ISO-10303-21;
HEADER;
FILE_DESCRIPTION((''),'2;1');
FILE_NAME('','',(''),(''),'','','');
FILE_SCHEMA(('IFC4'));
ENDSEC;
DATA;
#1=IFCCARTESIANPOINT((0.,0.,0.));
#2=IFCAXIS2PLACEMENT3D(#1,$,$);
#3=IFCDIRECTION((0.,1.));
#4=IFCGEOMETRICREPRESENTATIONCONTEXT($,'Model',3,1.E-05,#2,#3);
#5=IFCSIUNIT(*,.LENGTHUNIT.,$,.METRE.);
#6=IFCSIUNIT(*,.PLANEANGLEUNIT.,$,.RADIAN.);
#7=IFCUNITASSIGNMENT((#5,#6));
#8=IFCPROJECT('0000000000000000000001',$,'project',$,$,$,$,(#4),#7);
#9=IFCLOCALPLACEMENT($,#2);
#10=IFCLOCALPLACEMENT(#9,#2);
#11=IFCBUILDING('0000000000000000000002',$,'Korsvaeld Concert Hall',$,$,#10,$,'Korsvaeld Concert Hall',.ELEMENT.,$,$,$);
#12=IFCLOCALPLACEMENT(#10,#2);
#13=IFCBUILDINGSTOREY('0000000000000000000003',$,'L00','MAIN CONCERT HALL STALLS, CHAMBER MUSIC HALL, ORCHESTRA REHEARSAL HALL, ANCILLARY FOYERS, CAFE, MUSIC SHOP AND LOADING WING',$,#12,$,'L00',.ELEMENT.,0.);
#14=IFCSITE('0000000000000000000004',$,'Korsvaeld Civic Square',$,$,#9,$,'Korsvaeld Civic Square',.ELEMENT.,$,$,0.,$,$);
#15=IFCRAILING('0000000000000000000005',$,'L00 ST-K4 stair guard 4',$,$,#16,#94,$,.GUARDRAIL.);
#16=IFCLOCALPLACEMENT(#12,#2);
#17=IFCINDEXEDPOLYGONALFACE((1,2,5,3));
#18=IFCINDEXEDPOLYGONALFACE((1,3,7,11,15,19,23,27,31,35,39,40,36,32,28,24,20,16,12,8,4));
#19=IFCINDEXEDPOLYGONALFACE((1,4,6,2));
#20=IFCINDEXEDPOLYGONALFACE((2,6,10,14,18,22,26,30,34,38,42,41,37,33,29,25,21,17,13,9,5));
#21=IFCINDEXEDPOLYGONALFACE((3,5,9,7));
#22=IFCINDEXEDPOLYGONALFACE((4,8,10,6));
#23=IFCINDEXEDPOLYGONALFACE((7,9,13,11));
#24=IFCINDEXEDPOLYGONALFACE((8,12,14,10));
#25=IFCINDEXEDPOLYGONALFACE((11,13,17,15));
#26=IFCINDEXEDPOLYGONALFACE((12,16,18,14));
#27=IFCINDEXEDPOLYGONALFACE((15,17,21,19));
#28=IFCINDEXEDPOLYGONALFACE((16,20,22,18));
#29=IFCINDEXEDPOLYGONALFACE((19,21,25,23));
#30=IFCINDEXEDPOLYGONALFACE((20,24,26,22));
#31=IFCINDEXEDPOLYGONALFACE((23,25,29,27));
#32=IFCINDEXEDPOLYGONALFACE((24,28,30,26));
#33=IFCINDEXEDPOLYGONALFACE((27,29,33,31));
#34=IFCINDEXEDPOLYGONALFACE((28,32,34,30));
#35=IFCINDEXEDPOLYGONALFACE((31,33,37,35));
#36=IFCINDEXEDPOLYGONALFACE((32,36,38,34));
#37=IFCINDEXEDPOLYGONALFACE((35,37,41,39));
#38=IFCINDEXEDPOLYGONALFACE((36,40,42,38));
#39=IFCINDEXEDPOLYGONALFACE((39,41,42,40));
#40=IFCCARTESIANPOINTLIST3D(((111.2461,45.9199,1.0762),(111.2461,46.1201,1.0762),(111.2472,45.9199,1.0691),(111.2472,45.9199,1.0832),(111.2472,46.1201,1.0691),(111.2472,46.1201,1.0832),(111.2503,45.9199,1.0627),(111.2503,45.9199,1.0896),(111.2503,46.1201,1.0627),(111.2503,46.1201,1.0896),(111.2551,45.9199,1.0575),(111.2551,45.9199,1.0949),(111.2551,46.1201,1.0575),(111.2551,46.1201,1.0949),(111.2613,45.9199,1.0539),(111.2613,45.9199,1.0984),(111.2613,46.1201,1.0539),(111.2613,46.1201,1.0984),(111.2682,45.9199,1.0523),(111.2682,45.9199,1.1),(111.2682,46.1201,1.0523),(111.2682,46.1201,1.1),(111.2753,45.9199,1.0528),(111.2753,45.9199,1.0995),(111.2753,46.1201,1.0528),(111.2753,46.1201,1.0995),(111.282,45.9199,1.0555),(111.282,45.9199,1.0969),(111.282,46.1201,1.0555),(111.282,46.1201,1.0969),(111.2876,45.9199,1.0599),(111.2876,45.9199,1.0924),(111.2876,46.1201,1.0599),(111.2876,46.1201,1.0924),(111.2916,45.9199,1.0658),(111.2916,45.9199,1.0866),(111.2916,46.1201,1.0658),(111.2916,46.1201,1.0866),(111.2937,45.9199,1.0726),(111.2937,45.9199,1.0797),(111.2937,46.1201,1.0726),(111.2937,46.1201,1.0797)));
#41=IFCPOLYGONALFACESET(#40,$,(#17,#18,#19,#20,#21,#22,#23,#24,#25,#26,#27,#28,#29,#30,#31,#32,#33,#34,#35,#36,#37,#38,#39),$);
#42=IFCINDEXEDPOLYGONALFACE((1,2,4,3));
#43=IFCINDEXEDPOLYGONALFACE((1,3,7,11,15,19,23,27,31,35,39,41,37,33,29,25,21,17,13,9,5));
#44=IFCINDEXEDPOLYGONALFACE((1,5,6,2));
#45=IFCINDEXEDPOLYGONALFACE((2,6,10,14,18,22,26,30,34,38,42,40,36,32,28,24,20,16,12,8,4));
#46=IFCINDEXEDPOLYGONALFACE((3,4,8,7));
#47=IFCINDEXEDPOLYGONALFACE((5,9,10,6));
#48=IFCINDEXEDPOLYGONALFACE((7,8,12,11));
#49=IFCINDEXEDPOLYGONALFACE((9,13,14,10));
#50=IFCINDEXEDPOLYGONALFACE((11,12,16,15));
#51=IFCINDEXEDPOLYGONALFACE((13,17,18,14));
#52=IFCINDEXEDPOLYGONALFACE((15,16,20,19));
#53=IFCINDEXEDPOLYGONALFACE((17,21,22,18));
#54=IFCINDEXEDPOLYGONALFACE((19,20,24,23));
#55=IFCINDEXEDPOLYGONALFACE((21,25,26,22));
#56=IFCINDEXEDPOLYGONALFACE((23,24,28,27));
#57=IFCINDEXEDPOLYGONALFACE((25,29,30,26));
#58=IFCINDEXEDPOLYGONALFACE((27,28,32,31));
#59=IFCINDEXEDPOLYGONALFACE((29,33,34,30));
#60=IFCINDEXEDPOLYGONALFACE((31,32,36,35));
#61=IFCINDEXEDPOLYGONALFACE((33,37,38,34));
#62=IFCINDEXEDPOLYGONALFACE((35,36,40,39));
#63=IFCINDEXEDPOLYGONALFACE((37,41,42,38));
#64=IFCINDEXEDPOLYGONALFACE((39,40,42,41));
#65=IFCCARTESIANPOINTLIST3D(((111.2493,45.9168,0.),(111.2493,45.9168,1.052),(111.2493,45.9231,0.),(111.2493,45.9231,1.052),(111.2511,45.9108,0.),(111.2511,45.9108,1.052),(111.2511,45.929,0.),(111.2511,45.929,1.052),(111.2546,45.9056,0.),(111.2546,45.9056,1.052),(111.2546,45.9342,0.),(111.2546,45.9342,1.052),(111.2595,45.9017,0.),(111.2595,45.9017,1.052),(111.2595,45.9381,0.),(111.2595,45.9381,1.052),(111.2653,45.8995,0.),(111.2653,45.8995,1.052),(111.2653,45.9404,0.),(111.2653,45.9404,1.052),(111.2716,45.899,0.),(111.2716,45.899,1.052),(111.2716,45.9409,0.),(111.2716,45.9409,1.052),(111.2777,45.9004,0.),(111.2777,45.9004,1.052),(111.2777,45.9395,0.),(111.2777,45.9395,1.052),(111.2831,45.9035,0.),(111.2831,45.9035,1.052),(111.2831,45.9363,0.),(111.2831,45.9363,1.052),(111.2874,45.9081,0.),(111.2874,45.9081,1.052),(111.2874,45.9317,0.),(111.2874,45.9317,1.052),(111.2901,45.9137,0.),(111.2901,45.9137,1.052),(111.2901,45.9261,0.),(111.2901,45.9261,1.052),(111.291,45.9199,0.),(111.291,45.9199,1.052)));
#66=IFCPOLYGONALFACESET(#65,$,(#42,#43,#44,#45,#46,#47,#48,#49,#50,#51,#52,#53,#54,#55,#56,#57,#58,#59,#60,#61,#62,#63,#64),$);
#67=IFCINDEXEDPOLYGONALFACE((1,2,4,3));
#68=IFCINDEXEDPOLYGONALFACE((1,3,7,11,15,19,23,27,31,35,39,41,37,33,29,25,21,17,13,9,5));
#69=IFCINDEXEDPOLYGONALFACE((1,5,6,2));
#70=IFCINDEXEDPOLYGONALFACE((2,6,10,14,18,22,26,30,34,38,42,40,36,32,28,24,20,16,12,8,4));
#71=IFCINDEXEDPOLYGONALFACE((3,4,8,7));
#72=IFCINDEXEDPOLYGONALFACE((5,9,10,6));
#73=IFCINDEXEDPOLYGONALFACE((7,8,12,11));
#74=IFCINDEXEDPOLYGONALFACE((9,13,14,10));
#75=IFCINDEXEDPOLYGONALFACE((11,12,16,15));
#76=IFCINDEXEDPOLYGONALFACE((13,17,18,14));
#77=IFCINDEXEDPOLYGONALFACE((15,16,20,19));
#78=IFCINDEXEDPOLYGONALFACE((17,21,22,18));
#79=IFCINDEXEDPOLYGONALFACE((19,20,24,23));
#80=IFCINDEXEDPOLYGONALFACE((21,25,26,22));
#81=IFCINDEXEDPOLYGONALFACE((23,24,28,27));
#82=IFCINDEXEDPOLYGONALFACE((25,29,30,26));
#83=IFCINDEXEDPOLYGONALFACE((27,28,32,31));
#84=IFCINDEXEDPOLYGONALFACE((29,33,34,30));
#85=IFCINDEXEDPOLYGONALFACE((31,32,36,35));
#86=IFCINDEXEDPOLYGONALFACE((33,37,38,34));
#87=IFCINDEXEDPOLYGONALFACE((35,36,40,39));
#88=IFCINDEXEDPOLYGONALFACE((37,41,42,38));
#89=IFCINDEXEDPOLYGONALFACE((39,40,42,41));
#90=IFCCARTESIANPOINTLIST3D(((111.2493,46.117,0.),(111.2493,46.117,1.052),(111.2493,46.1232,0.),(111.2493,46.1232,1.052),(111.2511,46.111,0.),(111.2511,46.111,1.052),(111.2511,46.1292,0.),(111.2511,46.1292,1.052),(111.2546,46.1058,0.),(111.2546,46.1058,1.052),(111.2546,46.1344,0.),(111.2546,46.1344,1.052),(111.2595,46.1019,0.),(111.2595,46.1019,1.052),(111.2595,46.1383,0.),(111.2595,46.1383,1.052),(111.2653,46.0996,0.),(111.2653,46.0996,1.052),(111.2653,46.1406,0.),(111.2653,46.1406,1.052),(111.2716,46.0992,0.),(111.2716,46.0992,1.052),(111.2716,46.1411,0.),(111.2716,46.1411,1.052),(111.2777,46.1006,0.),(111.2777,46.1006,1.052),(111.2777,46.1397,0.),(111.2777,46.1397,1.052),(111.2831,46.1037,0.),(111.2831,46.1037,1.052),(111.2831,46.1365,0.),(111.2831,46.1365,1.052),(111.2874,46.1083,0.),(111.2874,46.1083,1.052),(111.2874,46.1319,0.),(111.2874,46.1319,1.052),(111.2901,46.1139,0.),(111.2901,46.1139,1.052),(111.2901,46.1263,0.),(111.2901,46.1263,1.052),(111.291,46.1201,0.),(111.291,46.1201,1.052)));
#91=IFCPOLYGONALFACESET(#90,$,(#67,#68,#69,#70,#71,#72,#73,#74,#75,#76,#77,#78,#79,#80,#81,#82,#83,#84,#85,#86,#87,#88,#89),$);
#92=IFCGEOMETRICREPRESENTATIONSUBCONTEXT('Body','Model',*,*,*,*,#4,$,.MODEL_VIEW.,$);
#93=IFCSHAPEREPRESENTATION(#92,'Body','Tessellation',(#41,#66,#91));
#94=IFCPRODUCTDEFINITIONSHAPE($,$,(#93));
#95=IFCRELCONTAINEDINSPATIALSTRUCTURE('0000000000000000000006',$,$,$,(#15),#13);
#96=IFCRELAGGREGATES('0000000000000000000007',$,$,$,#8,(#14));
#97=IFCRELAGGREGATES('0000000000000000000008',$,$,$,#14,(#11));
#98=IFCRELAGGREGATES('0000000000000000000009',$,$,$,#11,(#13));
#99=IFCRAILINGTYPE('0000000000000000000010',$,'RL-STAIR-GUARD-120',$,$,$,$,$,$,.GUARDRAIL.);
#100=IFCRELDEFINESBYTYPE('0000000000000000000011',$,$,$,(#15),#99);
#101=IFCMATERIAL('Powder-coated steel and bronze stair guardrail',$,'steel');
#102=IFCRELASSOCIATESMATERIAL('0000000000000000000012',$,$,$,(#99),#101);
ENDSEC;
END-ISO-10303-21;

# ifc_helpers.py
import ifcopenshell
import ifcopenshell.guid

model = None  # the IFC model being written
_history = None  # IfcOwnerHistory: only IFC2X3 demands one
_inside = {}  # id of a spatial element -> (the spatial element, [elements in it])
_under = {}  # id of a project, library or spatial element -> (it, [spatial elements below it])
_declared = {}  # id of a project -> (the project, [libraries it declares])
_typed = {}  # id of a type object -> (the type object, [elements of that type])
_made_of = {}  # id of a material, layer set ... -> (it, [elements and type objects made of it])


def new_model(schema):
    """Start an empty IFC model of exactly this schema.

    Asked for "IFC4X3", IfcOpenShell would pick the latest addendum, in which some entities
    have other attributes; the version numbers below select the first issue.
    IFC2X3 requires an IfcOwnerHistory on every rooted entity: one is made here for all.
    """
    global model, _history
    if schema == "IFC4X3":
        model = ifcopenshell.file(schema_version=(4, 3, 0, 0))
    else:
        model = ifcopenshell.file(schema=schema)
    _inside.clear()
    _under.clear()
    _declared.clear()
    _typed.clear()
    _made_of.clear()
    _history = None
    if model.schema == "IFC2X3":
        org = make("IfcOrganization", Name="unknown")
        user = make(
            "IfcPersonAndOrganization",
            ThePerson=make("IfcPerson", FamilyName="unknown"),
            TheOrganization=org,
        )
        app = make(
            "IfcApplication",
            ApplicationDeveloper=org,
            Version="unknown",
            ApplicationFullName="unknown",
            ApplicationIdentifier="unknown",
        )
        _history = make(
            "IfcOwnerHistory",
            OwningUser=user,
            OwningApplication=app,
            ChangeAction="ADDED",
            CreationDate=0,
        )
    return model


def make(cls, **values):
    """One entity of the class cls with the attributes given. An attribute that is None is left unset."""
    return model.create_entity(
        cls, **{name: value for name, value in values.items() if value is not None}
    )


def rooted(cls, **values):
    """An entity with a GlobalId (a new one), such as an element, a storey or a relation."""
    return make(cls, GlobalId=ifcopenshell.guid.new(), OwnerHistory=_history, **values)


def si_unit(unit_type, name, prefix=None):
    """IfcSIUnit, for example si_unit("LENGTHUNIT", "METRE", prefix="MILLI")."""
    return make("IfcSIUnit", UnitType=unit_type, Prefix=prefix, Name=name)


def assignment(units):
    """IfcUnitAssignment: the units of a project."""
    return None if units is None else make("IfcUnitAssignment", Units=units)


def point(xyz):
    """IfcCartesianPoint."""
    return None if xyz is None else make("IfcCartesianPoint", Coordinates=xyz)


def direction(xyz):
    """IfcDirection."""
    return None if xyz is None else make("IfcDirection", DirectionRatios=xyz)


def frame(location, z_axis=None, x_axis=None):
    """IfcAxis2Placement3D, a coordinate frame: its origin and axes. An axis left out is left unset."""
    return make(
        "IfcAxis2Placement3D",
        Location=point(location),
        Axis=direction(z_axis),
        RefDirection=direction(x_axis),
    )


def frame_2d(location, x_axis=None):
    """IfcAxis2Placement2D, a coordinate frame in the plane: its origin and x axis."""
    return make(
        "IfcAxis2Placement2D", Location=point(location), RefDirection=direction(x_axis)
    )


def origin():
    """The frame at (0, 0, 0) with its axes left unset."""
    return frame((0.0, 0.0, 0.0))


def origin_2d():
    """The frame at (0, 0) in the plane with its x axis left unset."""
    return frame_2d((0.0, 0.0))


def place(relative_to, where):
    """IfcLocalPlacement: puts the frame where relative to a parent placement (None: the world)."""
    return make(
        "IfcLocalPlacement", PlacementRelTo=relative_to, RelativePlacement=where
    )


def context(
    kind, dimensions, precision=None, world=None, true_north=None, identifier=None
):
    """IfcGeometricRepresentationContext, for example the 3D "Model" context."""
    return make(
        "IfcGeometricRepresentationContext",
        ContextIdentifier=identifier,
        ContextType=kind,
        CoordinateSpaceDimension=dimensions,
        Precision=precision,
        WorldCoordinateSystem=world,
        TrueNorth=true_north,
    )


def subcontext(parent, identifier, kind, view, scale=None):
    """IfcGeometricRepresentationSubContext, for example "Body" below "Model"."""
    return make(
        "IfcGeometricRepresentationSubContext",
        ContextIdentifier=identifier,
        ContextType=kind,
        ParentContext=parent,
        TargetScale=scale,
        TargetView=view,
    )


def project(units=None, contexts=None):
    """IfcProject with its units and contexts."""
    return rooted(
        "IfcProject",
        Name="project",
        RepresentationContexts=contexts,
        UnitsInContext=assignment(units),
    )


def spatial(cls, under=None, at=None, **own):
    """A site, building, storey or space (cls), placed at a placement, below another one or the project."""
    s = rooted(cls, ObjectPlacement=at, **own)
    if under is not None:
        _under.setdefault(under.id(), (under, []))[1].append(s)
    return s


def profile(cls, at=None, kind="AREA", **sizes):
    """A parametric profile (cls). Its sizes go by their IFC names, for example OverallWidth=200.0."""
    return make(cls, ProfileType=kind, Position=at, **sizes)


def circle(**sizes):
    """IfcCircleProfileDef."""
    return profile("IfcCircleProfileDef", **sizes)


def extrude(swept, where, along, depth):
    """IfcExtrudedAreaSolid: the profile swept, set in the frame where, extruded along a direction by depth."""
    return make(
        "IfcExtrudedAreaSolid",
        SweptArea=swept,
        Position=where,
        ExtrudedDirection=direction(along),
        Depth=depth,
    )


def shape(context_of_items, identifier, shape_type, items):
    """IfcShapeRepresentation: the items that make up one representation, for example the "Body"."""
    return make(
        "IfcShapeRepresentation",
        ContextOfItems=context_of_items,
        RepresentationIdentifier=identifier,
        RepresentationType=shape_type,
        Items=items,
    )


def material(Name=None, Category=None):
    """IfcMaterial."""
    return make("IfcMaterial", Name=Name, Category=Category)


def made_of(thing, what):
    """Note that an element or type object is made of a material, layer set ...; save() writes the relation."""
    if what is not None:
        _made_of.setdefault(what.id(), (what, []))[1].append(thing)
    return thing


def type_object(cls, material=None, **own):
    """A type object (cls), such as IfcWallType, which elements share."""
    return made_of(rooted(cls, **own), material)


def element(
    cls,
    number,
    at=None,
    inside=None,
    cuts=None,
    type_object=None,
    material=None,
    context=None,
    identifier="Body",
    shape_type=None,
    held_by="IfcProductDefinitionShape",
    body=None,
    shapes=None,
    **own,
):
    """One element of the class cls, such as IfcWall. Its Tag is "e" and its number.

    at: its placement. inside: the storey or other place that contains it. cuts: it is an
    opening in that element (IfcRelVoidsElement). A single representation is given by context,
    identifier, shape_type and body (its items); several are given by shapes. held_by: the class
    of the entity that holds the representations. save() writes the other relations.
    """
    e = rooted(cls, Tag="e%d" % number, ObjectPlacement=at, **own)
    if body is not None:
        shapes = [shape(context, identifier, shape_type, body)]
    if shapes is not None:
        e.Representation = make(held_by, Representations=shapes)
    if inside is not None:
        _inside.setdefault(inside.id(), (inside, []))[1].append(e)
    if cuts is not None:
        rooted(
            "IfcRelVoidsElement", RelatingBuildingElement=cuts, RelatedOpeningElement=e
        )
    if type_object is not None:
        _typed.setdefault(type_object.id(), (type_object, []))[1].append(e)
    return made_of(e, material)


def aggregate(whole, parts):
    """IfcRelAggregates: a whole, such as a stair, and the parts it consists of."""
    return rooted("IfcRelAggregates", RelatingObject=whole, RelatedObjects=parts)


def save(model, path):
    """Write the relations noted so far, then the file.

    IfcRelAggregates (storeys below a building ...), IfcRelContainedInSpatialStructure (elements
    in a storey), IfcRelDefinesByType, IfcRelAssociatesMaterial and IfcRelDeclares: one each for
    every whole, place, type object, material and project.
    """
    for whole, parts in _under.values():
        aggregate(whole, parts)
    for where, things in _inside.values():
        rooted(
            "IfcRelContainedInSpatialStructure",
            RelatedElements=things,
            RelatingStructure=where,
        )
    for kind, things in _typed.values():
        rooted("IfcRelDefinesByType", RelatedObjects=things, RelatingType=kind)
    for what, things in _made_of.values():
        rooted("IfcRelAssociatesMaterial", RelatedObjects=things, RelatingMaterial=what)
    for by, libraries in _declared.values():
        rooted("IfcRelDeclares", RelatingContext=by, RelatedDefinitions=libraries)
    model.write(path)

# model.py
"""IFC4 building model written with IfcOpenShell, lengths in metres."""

from ifc_helpers import new_model, si_unit, direction, frame, origin, origin_2d, place, context, subcontext, project, spatial, circle, extrude, material, type_object, element, save


model = new_model("IFC4")

# Units and contexts
model_context = context("Model", 3, precision=1e-05, world=origin(), true_north=direction((0.0, 1.0)))
body_context = subcontext(model_context, "Body", "Model", "MODEL_VIEW")
ifc_project = project(units=[si_unit("LENGTHUNIT", "METRE"), si_unit("PLANEANGLEUNIT", "RADIAN")], contexts=[model_context])

# Site, building, storey
site_placement = place(None, origin())
site = spatial("IfcSite", under=ifc_project, at=site_placement, Name="Korsvaeld Civic Square", LongName="Korsvaeld Civic Square", CompositionType="ELEMENT", RefElevation=0.0)
building_placement = place(site_placement, origin())
building = spatial("IfcBuilding", under=site, at=building_placement, Name="Korsvaeld Concert Hall", LongName="Korsvaeld Concert Hall", CompositionType="ELEMENT")
storey_placement = place(building_placement, origin())
storey = spatial("IfcBuildingStorey", under=building, at=storey_placement, Name="L00", Description="MAIN CONCERT HALL STALLS, CHAMBER MUSIC HALL, ORCHESTRA REHEARSAL HALL, ANCILLARY FOYERS, CAFE, MUSIC SHOP AND LOADING WING", LongName="L00", CompositionType="ELEMENT", Elevation=0.0)

# Railing
ifc_material_1 = material(Name="Powder-coated steel and bronze stair guardrail", Category="steel")
railing_type_1 = type_object("IfcRailingType", Name="RL-STAIR-GUARD-120", PredefinedType="GUARDRAIL", material=ifc_material_1)
railing_1_placement = place(storey_placement, frame((111.27, 45.9199, 0.0)))
element("IfcRailing", 1, at=railing_1_placement, inside=storey, type_object=railing_type_1, Name="L00 ST-K4 stair guard 4", PredefinedType="GUARDRAIL", context=body_context, shape_type="SweptSolid", body=[
    extrude(circle(Radius=0.0239, at=origin_2d()), frame((0.0, 0.0, 1.0762), z_axis=(0.0, 1.0, 0.0), x_axis=(-1.0, 0.0, 0.0)), (0.0, 0.0, 1.0), 0.2002),
    extrude(circle(Radius=0.021, at=origin_2d()), origin(), (0.0, 0.0, 1.0), 1.052),
    extrude(circle(Radius=0.021, at=origin_2d()), frame((0.0, 0.2002, 0.0)), (0.0, 0.0, 1.0), 1.052),
])

save(model, "model.ifc")
